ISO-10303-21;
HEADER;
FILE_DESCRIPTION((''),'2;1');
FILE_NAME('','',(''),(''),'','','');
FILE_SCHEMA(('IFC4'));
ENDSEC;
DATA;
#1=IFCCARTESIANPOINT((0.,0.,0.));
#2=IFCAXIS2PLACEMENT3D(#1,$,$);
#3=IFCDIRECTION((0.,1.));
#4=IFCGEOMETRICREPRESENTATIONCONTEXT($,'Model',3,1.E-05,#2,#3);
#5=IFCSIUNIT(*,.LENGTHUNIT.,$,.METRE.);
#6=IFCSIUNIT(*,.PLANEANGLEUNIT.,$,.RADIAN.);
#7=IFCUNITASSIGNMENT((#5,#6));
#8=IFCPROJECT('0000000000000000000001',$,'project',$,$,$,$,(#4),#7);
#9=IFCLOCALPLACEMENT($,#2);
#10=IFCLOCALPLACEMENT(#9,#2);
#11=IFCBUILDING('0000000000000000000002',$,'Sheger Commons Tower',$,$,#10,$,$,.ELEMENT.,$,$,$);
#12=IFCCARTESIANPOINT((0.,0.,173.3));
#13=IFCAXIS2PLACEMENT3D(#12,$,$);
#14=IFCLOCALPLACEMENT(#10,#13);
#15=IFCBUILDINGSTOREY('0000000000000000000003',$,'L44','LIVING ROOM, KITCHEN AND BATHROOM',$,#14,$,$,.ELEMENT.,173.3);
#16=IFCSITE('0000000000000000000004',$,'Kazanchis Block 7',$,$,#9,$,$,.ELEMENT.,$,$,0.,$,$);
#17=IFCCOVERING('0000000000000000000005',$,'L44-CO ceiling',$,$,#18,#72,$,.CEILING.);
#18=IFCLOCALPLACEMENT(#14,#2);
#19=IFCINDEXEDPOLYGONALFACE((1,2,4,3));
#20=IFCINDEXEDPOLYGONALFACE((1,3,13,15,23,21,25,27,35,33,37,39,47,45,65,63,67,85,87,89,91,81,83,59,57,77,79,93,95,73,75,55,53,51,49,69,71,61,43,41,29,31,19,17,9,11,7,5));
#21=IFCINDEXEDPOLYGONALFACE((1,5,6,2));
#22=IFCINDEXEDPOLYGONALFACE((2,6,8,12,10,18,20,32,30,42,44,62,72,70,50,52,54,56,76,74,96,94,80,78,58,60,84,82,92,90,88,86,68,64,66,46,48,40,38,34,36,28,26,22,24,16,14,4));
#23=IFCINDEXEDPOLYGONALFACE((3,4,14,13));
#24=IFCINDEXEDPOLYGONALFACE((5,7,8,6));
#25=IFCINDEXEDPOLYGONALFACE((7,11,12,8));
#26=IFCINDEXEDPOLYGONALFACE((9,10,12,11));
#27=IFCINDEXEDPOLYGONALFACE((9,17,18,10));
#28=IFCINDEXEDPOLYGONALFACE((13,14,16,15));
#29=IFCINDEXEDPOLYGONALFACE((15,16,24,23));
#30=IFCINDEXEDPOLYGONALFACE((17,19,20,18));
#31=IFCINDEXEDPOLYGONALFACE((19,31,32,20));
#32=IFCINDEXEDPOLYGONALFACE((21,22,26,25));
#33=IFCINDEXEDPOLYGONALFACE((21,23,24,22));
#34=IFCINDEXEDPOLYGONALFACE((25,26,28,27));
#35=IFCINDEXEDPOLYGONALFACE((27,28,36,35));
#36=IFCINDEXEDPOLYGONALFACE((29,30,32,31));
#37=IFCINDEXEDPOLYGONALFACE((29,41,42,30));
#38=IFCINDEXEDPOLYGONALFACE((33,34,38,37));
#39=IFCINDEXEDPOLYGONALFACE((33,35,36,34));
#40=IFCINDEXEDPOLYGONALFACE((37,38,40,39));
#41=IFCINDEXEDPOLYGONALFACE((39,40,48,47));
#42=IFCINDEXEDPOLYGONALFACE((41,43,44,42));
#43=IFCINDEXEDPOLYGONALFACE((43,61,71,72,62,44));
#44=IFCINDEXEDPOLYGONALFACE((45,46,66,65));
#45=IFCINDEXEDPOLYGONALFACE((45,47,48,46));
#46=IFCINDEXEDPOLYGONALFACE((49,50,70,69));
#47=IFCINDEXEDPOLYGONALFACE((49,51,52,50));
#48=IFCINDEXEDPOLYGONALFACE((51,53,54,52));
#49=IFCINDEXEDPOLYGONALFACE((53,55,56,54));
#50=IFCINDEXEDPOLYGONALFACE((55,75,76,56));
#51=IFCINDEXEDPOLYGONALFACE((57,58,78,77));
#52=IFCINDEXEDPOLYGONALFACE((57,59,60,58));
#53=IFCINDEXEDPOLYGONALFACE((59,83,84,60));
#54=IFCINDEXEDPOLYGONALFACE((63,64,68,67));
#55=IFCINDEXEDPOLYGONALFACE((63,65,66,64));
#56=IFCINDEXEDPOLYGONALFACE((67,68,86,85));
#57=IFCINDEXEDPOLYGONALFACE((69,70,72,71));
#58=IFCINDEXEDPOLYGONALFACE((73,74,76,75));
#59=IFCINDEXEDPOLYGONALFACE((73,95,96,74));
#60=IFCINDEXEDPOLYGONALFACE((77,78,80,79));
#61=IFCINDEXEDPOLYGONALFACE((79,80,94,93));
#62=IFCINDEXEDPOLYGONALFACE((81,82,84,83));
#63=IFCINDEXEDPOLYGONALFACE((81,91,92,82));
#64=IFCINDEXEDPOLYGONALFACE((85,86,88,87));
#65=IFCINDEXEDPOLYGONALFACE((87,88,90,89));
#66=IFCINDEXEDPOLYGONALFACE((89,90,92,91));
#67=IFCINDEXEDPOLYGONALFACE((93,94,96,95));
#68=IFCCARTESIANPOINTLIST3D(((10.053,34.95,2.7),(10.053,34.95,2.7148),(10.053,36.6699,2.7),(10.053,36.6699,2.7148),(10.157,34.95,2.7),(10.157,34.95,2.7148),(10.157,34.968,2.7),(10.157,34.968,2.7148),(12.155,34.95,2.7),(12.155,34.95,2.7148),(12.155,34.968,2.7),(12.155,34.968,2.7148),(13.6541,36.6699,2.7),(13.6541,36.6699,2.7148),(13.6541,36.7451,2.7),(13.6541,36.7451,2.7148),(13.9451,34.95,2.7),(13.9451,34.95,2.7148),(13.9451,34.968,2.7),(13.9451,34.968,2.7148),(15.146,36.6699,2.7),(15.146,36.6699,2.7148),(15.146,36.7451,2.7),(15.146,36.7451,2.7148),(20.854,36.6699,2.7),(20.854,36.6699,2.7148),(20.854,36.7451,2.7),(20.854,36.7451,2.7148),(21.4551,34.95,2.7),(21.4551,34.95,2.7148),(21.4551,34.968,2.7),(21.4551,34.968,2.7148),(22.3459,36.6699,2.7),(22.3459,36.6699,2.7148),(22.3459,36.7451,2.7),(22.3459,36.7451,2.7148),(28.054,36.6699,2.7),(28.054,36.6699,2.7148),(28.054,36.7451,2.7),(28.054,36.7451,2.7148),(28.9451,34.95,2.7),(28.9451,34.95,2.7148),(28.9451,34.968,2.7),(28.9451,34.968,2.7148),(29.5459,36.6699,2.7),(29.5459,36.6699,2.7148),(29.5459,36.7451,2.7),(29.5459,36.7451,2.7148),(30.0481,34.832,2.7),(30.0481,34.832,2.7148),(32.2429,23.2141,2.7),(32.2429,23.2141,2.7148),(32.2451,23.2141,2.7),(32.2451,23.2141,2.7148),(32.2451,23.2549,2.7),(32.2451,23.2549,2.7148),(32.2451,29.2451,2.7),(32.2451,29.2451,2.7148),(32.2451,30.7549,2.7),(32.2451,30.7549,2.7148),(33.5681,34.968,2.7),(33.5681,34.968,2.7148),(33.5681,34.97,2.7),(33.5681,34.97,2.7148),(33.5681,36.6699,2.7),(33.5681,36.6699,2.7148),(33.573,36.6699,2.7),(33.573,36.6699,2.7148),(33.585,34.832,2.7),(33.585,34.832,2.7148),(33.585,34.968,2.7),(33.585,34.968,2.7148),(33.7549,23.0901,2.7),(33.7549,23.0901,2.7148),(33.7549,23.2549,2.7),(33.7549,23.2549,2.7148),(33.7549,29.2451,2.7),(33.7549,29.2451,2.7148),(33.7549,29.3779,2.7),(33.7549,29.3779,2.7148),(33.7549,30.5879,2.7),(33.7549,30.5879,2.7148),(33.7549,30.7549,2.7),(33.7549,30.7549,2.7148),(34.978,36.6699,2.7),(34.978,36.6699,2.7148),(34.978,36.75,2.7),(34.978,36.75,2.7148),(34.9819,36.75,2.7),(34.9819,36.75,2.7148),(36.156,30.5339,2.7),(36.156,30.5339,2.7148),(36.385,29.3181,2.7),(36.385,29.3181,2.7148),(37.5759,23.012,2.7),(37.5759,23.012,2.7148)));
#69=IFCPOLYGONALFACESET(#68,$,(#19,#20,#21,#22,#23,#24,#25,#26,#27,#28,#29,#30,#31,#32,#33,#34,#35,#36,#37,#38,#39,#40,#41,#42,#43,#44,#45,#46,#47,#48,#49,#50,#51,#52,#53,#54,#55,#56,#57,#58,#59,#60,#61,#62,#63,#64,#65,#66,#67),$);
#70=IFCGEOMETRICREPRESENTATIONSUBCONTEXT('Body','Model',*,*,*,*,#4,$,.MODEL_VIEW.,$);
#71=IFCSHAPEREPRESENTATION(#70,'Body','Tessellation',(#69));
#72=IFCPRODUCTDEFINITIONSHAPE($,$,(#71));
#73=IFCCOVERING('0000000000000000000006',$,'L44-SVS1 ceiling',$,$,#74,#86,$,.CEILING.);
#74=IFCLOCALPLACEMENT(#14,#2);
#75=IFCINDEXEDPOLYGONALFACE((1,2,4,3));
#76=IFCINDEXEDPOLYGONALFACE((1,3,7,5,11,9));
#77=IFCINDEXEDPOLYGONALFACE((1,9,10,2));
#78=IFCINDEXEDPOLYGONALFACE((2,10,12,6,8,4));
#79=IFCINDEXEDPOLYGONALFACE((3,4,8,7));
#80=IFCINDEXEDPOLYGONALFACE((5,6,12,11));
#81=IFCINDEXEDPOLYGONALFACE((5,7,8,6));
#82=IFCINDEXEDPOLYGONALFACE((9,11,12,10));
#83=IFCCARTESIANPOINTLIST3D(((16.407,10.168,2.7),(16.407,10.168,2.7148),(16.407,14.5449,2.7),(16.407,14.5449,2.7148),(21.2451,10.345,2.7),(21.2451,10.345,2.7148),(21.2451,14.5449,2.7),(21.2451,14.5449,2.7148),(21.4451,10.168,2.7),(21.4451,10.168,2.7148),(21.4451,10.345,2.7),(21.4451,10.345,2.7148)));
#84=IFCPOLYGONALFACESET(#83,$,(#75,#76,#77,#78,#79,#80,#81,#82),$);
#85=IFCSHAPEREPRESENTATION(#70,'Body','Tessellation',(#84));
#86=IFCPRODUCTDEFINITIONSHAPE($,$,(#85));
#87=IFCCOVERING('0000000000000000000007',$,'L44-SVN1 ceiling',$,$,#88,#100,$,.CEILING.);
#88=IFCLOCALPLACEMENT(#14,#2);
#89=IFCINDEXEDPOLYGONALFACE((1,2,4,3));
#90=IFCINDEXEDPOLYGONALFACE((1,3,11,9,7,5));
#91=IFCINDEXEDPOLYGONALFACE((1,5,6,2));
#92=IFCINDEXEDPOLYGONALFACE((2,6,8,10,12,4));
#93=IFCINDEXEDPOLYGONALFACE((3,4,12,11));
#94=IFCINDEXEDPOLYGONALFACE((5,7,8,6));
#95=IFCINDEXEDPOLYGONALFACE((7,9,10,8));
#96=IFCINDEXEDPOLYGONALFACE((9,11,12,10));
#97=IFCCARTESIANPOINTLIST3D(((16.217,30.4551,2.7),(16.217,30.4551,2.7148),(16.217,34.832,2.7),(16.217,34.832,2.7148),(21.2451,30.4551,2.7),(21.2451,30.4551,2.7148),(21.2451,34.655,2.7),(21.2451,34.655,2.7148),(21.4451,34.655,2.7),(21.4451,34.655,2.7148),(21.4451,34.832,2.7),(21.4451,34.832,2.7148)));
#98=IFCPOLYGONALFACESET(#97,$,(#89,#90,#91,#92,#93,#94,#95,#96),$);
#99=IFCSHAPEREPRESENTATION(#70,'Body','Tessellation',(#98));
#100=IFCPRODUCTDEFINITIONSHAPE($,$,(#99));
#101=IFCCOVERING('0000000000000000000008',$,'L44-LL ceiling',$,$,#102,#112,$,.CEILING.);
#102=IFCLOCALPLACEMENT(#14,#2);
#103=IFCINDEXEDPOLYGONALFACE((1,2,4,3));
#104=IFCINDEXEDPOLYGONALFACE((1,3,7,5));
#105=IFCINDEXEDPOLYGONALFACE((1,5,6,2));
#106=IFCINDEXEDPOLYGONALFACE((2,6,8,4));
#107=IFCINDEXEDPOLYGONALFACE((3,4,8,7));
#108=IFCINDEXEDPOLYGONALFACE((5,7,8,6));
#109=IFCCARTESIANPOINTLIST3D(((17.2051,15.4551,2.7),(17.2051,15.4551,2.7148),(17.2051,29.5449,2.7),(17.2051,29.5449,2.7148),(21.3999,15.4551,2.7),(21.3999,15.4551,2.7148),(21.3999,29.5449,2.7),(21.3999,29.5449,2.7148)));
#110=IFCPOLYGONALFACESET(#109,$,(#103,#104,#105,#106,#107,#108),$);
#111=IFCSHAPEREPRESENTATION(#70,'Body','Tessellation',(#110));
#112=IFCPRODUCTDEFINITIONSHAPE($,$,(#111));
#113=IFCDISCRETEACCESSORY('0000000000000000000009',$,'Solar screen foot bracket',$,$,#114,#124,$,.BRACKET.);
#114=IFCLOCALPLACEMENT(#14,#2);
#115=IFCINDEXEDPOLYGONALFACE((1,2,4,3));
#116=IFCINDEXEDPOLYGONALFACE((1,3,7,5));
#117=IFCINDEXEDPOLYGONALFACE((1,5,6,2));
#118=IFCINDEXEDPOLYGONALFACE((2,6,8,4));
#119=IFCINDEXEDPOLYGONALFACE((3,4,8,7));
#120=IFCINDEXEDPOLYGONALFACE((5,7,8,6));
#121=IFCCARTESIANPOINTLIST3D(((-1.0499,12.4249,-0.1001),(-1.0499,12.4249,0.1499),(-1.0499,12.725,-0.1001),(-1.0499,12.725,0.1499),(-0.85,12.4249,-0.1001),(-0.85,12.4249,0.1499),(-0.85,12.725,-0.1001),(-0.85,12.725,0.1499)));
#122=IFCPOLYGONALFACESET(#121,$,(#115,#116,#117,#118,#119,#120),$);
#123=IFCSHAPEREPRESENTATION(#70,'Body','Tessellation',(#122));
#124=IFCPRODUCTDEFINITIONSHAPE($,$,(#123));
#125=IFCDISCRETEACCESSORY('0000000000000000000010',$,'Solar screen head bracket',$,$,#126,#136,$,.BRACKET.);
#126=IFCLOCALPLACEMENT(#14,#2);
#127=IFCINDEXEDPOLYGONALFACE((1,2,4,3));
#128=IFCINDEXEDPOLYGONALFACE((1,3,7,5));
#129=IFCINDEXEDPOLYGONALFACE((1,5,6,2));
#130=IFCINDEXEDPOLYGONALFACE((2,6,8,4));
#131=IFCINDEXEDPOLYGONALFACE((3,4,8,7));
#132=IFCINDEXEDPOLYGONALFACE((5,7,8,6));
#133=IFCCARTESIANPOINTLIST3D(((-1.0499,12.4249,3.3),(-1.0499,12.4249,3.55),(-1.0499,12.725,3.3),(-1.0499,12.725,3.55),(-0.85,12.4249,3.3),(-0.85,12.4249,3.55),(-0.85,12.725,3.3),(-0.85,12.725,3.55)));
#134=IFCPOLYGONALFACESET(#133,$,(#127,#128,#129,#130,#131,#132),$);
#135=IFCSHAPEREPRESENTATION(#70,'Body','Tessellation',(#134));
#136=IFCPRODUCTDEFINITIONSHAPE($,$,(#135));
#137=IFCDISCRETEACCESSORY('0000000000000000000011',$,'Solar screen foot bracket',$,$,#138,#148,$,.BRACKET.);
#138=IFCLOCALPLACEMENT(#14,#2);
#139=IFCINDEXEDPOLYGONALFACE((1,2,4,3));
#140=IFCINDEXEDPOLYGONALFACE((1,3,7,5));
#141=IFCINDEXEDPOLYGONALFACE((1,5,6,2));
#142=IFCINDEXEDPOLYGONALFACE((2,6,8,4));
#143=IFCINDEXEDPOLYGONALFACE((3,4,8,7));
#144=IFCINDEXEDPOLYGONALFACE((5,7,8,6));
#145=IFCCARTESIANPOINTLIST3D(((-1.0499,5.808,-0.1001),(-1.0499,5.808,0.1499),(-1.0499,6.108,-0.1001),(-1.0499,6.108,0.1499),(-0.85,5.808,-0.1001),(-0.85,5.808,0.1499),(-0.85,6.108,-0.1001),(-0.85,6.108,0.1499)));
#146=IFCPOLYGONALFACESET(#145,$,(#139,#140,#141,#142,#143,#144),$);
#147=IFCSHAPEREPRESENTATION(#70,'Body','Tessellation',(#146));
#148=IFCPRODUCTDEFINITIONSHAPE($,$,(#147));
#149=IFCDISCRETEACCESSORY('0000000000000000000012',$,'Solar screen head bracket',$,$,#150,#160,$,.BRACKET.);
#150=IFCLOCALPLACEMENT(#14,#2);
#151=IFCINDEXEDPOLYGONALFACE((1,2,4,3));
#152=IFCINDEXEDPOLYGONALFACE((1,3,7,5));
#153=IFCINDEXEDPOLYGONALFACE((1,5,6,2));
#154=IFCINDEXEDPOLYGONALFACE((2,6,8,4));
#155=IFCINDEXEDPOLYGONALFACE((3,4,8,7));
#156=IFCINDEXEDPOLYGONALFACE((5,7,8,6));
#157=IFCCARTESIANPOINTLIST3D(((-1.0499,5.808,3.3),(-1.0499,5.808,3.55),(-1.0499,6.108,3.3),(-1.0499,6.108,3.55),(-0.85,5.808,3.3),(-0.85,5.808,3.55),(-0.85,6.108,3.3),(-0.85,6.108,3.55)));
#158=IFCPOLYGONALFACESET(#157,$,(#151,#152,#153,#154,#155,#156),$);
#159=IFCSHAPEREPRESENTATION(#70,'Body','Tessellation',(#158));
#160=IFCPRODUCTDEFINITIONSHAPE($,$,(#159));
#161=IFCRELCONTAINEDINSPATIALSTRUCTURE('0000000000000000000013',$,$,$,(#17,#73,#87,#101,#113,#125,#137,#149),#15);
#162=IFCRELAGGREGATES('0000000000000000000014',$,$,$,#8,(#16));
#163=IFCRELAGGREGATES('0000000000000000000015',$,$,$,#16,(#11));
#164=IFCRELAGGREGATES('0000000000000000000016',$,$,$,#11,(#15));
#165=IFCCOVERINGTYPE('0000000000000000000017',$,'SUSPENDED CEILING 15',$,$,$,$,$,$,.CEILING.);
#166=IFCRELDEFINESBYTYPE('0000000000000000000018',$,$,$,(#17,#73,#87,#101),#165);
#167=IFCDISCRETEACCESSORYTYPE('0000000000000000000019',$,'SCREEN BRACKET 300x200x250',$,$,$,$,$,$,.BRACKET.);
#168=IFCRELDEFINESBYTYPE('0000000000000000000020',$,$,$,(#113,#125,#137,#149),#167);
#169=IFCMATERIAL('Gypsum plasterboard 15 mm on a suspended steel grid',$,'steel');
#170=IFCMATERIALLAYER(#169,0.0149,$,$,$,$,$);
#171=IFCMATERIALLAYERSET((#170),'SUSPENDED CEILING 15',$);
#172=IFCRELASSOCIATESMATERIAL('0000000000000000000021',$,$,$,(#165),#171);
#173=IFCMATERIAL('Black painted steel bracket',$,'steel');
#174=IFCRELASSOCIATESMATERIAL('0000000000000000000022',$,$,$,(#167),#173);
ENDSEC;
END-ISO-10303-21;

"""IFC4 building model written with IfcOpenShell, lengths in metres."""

from ifc_helpers import new_model, si_unit, direction, frame, origin, origin_2d, place, context, subcontext, project, spatial, polyline, rectangle, outline, extrude, material, layer, layer_set, type_object, element, save


model = new_model("IFC4")

# Units and contexts
model_context = context("Model", 3, precision=1e-05, world=origin(), true_north=direction((0.0, 1.0)))
body_context = subcontext(model_context, "Body", "Model", "MODEL_VIEW")
ifc_project = project(units=[si_unit("LENGTHUNIT", "METRE"), si_unit("PLANEANGLEUNIT", "RADIAN")], contexts=[model_context])

# Site, building, storey
site_placement = place(None, origin())
site = spatial("IfcSite", under=ifc_project, at=site_placement, Name="Kazanchis Block 7", CompositionType="ELEMENT", RefElevation=0.0)
building_placement = place(site_placement, origin())
building = spatial("IfcBuilding", under=site, at=building_placement, Name="Sheger Commons Tower", CompositionType="ELEMENT")
storey_placement = place(building_placement, frame((0.0, 0.0, 173.3)))
storey = spatial("IfcBuildingStorey", under=building, at=storey_placement, Name="L44", Description="LIVING ROOM, KITCHEN AND BATHROOM", CompositionType="ELEMENT", Elevation=173.3)

# Coverings
ifc_material_1 = material(Name="Gypsum plasterboard 15 mm on a suspended steel grid", Category="steel")
ifc_layer_1 = layer(ifc_material_1, 0.0149)
ifc_layer_set_1 = layer_set([ifc_layer_1], Name="SUSPENDED CEILING 15")
covering_type_1 = type_object("IfcCoveringType", Name="SUSPENDED CEILING 15", PredefinedType="CEILING", material=ifc_layer_set_1)
covering_1_placement = place(storey_placement, frame((0.0, 0.0, 2.7)))
element("IfcCovering", 1, at=covering_1_placement, inside=storey, type_object=covering_type_1, Name="L44-CO ceiling", PredefinedType="CEILING", context=body_context, shape_type="SweptSolid", body=[
    extrude(outline(polyline([(37.5759, 23.012), (36.385, 29.3181), (33.7549, 29.3779), (33.7549, 29.2451), (32.2451, 29.2451), (32.2451, 30.7549), (33.7549, 30.7549), (33.7549, 30.5879), (36.156, 30.5339), (34.9819, 36.75), (34.978, 36.75), (34.978, 36.6699), (33.573, 36.6699), (33.5681, 34.97), (33.5681, 36.6699), (29.5459, 36.6699), (29.5459, 36.7451), (28.054, 36.7451), (28.054, 36.6699), (22.3459, 36.6699), (22.3459, 36.7451), (20.854, 36.7451), (20.854, 36.6699), (15.146, 36.6699), (15.146, 36.7451), (13.6541, 36.7451), (13.6541, 36.6699), (10.053, 36.6699), (10.053, 34.95), (10.157, 34.95), (10.157, 34.968), (12.155, 34.968), (12.155, 34.95), (13.9451, 34.95), (13.9451, 34.968), (21.4551, 34.968), (21.4551, 34.95), (28.9451, 34.95), (28.9451, 34.968), (33.5681, 34.968), (33.585, 34.968), (33.585, 34.832), (30.0481, 34.832), (32.2429, 23.2141), (32.2451, 23.2141), (32.2451, 23.2549), (33.7549, 23.2549), (33.7549, 23.0901), (37.5759, 23.012)])), origin(), (0.0, 0.0, 1.0), 0.0149),
])
covering_2_placement = place(storey_placement, frame((0.0, 0.0, 2.7)))
element("IfcCovering", 2, at=covering_2_placement, inside=storey, type_object=covering_type_1, Name="L44-SVS1 ceiling", PredefinedType="CEILING", context=body_context, shape_type="SweptSolid", body=[
    extrude(outline(polyline([(16.407, 10.168), (21.4451, 10.168), (21.4451, 10.345), (21.2451, 10.345), (21.2451, 14.5449), (16.407, 14.5449), (16.407, 10.168)])), origin(), (0.0, 0.0, 1.0), 0.0149),
])
covering_3_placement = place(storey_placement, frame((0.0, 0.0, 2.7)))
element("IfcCovering", 3, at=covering_3_placement, inside=storey, type_object=covering_type_1, Name="L44-SVN1 ceiling", PredefinedType="CEILING", context=body_context, shape_type="SweptSolid", body=[
    extrude(outline(polyline([(16.217, 30.4551), (21.2451, 30.4551), (21.2451, 34.655), (21.4451, 34.655), (21.4451, 34.832), (16.217, 34.832), (16.217, 30.4551)])), origin(), (0.0, 0.0, 1.0), 0.0149),
])
covering_4_placement = place(storey_placement, frame((0.0, 0.0, 2.7)))
element("IfcCovering", 4, at=covering_4_placement, inside=storey, type_object=covering_type_1, Name="L44-LL ceiling", PredefinedType="CEILING", context=body_context, shape_type="SweptSolid", body=[
    extrude(outline(polyline([(17.2051, 15.4551), (21.3999, 15.4551), (21.3999, 29.5449), (17.2051, 29.5449), (17.2051, 15.4551)])), origin(), (0.0, 0.0, 1.0), 0.0149),
])

# Discrete accessories
ifc_material_2 = material(Name="Black painted steel bracket", Category="steel")
discrete_accessory_type = type_object("IfcDiscreteAccessoryType", Name="SCREEN BRACKET 300x200x250", PredefinedType="BRACKET", material=ifc_material_2)
for number, where, z_axis, x_axis, name in (
    (5, (-0.95, 12.575, -0.1001), (0.0, 0.0, 1.0), (0.0, -1.0, 0.0), "Solar screen foot bracket"),
    (6, (-0.95, 12.575, 3.3), (0.0, 0.0, 1.0), (0.0, -1.0, 0.0), "Solar screen head bracket"),
    (7, (-0.95, 5.958, -0.1001), (0.0, 0.0, 1.0), (0.0, -1.0, 0.0), "Solar screen foot bracket"),
    (8, (-0.95, 5.958, 3.3), (0.0, 0.0, 1.0), (0.0, -1.0, 0.0), "Solar screen head bracket"),
):
    element("IfcDiscreteAccessory", number, at=place(storey_placement, frame(where, z_axis=z_axis, x_axis=x_axis)), inside=storey, type_object=discrete_accessory_type, Name=name, PredefinedType="BRACKET", context=body_context, shape_type="SweptSolid", body=[
        extrude(rectangle(XDim=0.3, YDim=0.2, at=origin_2d()), origin(), (0.0, 0.0, 1.0), 0.25),
    ])

save(model, "model.ifc")
